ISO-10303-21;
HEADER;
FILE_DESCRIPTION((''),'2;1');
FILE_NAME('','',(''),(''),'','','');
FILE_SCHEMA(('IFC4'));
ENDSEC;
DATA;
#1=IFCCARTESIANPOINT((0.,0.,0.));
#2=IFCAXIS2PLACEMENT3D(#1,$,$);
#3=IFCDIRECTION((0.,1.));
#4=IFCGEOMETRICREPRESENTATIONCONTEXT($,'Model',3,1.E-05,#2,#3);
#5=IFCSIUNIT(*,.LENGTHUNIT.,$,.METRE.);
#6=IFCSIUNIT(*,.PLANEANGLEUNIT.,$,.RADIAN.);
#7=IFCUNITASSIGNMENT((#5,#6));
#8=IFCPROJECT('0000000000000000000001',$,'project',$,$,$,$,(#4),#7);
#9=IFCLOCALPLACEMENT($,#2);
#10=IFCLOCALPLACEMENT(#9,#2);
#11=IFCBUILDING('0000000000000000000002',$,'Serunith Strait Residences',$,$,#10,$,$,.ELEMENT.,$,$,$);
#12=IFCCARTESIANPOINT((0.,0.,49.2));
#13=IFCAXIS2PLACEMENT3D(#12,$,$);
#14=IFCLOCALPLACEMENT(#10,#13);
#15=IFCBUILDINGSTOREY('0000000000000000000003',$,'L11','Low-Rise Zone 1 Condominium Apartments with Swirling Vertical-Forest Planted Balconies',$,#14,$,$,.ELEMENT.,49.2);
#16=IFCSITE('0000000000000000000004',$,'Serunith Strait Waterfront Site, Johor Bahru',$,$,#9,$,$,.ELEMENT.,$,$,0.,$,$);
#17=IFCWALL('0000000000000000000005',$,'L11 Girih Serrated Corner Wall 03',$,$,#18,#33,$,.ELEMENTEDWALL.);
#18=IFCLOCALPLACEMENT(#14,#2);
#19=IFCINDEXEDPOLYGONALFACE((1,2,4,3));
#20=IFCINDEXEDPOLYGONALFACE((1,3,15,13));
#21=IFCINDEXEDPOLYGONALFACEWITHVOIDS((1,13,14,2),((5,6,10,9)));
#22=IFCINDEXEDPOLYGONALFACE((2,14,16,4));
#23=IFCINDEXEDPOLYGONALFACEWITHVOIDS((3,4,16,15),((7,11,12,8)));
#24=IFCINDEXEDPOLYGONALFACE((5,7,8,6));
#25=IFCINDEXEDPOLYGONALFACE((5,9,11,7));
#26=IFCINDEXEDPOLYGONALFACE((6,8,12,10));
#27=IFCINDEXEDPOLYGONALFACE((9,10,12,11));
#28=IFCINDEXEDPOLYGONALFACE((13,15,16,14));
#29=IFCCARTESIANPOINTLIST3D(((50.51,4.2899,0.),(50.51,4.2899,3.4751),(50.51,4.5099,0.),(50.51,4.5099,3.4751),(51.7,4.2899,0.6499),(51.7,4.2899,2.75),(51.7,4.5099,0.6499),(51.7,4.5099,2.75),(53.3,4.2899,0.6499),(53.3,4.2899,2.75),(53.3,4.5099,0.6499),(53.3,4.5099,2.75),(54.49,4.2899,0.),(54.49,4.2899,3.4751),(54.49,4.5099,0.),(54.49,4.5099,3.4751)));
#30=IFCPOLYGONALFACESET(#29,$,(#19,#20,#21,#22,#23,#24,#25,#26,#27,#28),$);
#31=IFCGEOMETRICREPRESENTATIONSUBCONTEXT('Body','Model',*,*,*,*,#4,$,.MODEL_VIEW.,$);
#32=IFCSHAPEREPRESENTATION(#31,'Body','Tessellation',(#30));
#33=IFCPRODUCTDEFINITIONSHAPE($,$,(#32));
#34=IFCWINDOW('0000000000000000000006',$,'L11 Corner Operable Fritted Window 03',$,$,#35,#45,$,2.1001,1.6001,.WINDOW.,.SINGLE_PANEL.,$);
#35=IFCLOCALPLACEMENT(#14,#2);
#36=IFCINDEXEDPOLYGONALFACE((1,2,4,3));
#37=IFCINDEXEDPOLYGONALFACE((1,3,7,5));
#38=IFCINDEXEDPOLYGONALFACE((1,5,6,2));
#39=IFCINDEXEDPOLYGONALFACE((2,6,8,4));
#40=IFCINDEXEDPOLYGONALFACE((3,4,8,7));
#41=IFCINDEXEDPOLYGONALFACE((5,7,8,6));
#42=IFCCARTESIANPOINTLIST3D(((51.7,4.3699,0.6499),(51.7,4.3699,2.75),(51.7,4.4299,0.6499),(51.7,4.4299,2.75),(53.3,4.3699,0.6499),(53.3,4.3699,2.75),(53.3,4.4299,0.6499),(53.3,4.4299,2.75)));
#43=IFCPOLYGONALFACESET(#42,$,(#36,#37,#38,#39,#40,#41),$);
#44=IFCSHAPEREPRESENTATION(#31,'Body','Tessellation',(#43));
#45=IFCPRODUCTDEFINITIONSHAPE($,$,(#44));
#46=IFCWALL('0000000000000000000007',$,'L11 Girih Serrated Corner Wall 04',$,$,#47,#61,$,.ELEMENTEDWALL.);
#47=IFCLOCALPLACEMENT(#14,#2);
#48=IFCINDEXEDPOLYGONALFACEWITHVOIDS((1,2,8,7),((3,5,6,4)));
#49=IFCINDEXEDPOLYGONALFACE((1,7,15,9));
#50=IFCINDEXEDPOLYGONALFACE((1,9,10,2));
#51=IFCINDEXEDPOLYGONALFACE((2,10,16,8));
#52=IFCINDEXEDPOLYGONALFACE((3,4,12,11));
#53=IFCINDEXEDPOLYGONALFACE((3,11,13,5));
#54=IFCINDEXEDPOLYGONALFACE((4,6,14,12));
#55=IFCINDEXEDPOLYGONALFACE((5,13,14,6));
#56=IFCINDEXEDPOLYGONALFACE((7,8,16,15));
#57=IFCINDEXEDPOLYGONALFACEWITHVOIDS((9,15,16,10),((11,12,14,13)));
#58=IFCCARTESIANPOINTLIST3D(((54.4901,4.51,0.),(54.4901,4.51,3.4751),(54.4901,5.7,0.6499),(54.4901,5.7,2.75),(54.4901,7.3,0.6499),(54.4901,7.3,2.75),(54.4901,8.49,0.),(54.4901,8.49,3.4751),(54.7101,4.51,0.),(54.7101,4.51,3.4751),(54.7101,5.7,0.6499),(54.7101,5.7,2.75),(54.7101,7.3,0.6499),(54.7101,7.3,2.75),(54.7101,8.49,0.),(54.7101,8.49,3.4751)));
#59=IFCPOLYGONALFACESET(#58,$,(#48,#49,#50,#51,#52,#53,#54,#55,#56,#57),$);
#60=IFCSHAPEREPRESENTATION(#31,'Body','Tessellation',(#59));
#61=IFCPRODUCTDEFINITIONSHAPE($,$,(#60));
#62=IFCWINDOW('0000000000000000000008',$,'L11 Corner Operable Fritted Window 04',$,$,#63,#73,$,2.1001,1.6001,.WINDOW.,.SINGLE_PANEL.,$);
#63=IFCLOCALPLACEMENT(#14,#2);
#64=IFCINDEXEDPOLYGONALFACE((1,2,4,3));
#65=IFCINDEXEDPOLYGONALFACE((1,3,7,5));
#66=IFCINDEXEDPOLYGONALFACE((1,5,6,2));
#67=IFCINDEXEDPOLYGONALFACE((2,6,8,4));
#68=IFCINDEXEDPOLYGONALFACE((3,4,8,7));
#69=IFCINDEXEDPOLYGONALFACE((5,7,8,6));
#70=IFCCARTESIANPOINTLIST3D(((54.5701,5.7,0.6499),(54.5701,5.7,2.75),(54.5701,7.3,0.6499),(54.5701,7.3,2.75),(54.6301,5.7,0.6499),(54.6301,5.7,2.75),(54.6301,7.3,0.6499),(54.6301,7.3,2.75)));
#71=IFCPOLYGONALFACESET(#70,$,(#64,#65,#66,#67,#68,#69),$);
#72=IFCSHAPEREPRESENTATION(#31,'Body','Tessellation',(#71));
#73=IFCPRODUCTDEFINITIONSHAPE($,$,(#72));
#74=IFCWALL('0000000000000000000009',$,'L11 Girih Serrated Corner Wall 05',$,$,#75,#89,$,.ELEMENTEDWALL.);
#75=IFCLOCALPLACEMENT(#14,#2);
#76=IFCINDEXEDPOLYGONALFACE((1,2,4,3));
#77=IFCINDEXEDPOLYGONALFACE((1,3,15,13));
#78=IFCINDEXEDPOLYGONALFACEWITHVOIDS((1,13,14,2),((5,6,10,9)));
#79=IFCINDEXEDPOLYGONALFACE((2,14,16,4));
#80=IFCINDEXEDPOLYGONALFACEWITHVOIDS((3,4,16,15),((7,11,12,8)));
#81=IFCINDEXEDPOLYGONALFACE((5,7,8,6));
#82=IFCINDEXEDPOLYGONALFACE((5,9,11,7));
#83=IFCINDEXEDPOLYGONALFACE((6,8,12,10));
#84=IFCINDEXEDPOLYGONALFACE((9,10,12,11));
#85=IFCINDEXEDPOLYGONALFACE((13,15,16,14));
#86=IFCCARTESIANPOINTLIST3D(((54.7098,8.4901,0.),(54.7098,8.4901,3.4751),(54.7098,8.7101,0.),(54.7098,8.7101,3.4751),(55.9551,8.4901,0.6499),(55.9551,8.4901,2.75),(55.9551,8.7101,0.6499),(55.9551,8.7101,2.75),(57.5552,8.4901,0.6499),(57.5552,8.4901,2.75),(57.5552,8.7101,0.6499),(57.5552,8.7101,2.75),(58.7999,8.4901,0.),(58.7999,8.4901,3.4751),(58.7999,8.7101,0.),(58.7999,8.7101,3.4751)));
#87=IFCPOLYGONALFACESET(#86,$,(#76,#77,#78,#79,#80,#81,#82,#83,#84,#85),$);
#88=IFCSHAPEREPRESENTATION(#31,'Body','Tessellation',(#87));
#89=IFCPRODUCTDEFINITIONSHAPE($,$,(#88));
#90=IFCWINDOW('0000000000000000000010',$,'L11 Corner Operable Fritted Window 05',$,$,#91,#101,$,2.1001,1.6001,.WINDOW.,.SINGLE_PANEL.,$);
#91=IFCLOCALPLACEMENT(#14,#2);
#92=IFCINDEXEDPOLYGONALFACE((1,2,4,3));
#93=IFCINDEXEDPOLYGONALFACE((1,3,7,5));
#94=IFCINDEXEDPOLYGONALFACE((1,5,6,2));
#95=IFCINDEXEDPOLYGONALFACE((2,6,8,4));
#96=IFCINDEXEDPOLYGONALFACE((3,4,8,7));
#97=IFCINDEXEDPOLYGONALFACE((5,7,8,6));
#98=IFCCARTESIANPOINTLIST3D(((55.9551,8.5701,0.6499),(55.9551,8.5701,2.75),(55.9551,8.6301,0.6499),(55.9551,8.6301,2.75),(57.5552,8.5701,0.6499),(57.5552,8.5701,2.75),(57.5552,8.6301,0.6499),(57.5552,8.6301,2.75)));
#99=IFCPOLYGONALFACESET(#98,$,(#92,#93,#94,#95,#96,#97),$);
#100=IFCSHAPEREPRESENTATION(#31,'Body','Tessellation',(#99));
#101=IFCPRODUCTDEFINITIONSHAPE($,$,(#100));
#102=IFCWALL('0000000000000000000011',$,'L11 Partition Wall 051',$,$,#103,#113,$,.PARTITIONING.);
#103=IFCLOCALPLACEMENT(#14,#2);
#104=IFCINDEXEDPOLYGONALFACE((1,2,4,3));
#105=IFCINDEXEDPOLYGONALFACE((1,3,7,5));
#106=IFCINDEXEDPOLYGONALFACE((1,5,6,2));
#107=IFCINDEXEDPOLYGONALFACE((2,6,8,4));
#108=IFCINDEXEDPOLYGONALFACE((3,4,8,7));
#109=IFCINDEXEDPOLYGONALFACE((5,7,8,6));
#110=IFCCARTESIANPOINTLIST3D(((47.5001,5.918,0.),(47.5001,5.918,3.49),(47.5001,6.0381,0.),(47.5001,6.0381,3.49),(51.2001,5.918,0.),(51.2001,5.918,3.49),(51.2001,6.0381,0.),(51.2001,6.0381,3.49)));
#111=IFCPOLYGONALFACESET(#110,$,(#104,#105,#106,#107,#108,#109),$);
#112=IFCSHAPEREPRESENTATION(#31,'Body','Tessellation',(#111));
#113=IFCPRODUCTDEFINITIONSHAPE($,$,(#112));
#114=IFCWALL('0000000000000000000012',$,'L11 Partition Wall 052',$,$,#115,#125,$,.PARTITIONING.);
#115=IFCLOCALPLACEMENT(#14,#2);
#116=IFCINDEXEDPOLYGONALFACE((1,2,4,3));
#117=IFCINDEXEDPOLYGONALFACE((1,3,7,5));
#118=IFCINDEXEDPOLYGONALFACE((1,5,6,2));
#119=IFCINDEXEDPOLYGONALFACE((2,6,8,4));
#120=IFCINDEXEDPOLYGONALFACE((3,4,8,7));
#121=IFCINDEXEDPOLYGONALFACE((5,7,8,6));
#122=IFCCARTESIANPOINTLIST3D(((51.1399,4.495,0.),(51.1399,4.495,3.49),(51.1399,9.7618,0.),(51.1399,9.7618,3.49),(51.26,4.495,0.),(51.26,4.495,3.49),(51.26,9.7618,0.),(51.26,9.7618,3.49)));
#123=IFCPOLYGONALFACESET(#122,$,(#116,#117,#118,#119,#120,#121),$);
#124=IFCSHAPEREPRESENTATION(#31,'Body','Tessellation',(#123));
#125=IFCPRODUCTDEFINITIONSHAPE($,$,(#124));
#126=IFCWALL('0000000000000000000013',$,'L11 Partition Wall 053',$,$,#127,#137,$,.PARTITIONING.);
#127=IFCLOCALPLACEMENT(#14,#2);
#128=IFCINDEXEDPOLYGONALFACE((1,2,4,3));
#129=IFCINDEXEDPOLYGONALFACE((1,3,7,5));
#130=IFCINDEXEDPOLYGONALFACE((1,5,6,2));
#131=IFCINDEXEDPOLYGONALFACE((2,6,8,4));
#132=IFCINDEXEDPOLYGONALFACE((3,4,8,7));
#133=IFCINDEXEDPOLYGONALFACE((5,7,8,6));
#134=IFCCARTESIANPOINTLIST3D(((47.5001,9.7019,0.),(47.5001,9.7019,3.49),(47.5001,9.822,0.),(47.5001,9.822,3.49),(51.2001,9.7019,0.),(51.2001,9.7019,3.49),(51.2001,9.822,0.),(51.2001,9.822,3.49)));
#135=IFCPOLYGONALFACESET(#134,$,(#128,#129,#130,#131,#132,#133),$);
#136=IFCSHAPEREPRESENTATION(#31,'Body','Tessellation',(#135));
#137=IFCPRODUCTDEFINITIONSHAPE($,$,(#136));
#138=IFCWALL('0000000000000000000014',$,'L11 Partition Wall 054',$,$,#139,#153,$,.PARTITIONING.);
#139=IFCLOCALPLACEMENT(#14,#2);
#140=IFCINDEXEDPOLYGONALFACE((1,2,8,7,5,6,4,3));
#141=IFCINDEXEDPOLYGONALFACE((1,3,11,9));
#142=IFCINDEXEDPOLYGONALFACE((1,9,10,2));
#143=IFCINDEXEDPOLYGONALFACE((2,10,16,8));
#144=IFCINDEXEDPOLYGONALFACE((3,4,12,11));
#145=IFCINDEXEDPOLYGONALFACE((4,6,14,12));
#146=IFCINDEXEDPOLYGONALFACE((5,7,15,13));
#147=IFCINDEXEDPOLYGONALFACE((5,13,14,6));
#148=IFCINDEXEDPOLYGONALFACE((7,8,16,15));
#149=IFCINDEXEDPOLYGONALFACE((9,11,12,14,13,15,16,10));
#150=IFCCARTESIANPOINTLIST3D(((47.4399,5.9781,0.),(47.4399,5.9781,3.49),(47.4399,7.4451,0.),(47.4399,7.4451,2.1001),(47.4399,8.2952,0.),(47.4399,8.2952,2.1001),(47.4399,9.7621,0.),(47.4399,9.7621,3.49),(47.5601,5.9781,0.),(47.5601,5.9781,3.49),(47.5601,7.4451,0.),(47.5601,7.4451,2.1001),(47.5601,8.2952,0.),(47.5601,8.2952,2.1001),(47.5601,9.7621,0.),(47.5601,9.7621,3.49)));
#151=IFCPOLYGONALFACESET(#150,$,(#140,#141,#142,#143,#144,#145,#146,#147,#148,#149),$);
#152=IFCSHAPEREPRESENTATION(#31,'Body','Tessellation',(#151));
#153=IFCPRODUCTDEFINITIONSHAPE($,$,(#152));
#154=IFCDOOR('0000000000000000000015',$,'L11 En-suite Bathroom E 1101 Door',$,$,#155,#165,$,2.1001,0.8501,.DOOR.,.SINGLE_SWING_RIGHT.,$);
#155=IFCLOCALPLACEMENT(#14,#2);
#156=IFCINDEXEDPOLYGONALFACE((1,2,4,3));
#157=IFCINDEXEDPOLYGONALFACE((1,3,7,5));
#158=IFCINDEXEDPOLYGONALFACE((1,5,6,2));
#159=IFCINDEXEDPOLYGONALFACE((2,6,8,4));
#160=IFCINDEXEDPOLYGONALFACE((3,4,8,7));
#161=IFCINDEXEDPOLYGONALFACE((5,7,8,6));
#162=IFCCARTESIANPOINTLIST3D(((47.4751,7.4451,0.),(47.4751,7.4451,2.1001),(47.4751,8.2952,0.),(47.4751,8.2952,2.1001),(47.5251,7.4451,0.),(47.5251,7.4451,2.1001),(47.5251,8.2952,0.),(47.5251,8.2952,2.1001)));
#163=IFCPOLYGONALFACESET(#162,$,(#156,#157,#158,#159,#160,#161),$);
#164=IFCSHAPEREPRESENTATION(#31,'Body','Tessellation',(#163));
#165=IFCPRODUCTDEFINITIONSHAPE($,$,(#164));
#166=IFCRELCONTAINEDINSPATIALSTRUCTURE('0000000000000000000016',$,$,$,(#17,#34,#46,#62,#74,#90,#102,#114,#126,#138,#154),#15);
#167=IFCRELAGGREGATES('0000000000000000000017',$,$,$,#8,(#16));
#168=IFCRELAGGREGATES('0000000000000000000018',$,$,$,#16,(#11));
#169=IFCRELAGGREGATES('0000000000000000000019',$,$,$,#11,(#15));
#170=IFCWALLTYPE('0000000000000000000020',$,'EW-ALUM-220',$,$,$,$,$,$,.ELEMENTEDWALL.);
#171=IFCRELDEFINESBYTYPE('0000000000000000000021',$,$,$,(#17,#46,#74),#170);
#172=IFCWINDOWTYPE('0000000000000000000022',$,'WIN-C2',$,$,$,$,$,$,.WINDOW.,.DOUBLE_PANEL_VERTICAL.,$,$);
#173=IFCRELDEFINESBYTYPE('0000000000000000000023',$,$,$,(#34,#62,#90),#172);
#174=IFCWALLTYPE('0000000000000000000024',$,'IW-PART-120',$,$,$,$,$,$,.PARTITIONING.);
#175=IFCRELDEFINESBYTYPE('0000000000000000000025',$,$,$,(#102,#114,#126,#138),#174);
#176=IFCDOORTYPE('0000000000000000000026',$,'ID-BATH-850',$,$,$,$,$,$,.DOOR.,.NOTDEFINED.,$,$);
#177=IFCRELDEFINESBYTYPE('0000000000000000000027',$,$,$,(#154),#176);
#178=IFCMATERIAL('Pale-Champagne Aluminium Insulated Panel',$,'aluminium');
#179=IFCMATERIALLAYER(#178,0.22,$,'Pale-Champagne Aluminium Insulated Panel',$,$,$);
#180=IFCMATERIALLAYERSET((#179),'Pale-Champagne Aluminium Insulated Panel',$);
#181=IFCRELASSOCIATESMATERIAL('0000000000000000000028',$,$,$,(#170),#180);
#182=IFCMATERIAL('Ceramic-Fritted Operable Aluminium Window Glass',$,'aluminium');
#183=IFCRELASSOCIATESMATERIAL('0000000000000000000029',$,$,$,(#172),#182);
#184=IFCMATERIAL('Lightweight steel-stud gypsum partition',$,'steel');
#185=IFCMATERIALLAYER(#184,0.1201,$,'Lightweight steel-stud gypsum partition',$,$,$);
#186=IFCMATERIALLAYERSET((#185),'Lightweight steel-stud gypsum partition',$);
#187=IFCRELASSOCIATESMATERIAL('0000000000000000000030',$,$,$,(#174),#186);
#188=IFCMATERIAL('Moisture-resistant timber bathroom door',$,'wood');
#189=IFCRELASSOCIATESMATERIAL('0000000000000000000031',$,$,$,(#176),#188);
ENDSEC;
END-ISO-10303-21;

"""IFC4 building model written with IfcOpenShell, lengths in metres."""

from ifc_helpers import new_model, si_unit, direction, frame, frame_2d, origin, place, context, subcontext, project, spatial, rectangle, extrude, source, transform, mapped, material, layer, layer_set, type_object, element, fill, save


model = new_model("IFC4")

# Units and contexts
model_context = context("Model", 3, precision=1e-05, world=origin(), true_north=direction((0.0, 1.0)))
body_context = subcontext(model_context, "Body", "Model", "MODEL_VIEW")
ifc_project = project(units=[si_unit("LENGTHUNIT", "METRE"), si_unit("PLANEANGLEUNIT", "RADIAN")], contexts=[model_context])

# Site, building, storey
site_placement = place(None, origin())
site = spatial("IfcSite", under=ifc_project, at=site_placement, Name="Serunith Strait Waterfront Site, Johor Bahru", CompositionType="ELEMENT", RefElevation=0.0)
building_placement = place(site_placement, origin())
building = spatial("IfcBuilding", under=site, at=building_placement, Name="Serunith Strait Residences", CompositionType="ELEMENT")
storey_placement = place(building_placement, frame((0.0, 0.0, 49.2)))
storey = spatial("IfcBuildingStorey", under=building, at=storey_placement, Name="L11", Description="Low-Rise Zone 1 Condominium Apartments with Swirling Vertical-Forest Planted Balconies", CompositionType="ELEMENT", Elevation=49.2)

# Walls, openings, windows
ifc_material_1 = material(Name="Pale-Champagne Aluminium Insulated Panel", Category="aluminium")
ifc_layer_1 = layer(ifc_material_1, 0.22, Name="Pale-Champagne Aluminium Insulated Panel")
ifc_layer_set_1 = layer_set([ifc_layer_1], Name="Pale-Champagne Aluminium Insulated Panel")
wall_type_1 = type_object("IfcWallType", Name="EW-ALUM-220", PredefinedType="ELEMENTEDWALL", material=ifc_layer_set_1)
ifc_material_2 = material(Name="Ceramic-Fritted Operable Aluminium Window Glass", Category="aluminium")
window_type = type_object("IfcWindowType", Name="WIN-C2", PartitioningType="DOUBLE_PANEL_VERTICAL", PredefinedType="WINDOW", material=ifc_material_2)
shared_shape_1 = source(origin(), body_context, "Body", "SweptSolid", [
    extrude(rectangle(XDim=1.6001, YDim=2.1001, at=frame_2d((0.8, 1.05))), frame((0.0, 0.03, 0.0), z_axis=(0.0, -1.0, 0.0), x_axis=(1.0, 0.0, 0.0)), (0.0, 0.0, 1.0), 0.0601),
])
wall_1_placement = place(storey_placement, frame((50.51, 4.3999, 0.0), z_axis=(0.0, 0.0, 1.0), x_axis=(1.0, 0.0, 0.0)))
wall_1 = element("IfcWall", 1, at=wall_1_placement, inside=storey, type_object=wall_type_1, Name="L11 Girih Serrated Corner Wall 03", PredefinedType="ELEMENTEDWALL", context=body_context, shape_type="SweptSolid", body=[
    extrude(rectangle(XDim=3.98, YDim=0.22, at=frame_2d((1.99, 0.0))), origin(), (0.0, 0.0, 1.0), 3.4751),
])
opening_1_placement = place(wall_1_placement, frame((1.1899, 0.0, 0.6499)))
opening_1 = element("IfcOpeningElement", 2, at=opening_1_placement, cuts=wall_1, PredefinedType="OPENING", context=body_context, shape_type="SweptSolid", body=[
    extrude(rectangle(XDim=1.6001, YDim=2.1001, at=frame_2d((0.8, 1.05))), frame((0.0, 0.1201, 0.0), z_axis=(0.0, -1.0, 0.0), x_axis=(1.0, 0.0, 0.0)), (0.0, 0.0, 1.0), 0.24),
])
window_1_placement = place(opening_1_placement, origin())
window_1 = element("IfcWindow", 3, at=window_1_placement, inside=storey, type_object=window_type, Name="L11 Corner Operable Fritted Window 03", OverallHeight=2.1001, OverallWidth=1.6001, PartitioningType="SINGLE_PANEL", PredefinedType="WINDOW", context=body_context, shape_type="MappedRepresentation", body=[
    mapped(shared_shape_1, transform((0.0, 0.0, 0.0), scale=1.0)),
])
fill(opening_1, window_1)
wall_2_placement = place(storey_placement, frame((54.6001, 4.51, 0.0), z_axis=(0.0, 0.0, 1.0), x_axis=(0.0, 1.0, 0.0)))
wall_2 = element("IfcWall", 4, at=wall_2_placement, inside=storey, type_object=wall_type_1, Name="L11 Girih Serrated Corner Wall 04", PredefinedType="ELEMENTEDWALL", context=body_context, shape_type="SweptSolid", body=[
    extrude(rectangle(XDim=3.98, YDim=0.22, at=frame_2d((1.99, 0.0))), origin(), (0.0, 0.0, 1.0), 3.4751),
])
opening_2_placement = place(wall_2_placement, frame((1.1899, 0.0, 0.6499)))
opening_2 = element("IfcOpeningElement", 5, at=opening_2_placement, cuts=wall_2, PredefinedType="OPENING", context=body_context, shape_type="SweptSolid", body=[
    extrude(rectangle(XDim=1.6001, YDim=2.1001, at=frame_2d((0.8, 1.05))), frame((0.0, 0.1201, 0.0), z_axis=(0.0, -1.0, 0.0), x_axis=(1.0, 0.0, 0.0)), (0.0, 0.0, 1.0), 0.24),
])
window_2_placement = place(opening_2_placement, origin())
window_2 = element("IfcWindow", 6, at=window_2_placement, inside=storey, type_object=window_type, Name="L11 Corner Operable Fritted Window 04", OverallHeight=2.1001, OverallWidth=1.6001, PartitioningType="SINGLE_PANEL", PredefinedType="WINDOW", context=body_context, shape_type="MappedRepresentation", body=[
    mapped(shared_shape_1, transform((0.0, 0.0, 0.0), scale=1.0)),
])
fill(opening_2, window_2)
wall_3_placement = place(storey_placement, frame((54.71, 8.6001, 0.0), z_axis=(0.0, 0.0, 1.0), x_axis=(1.0, 0.0, 0.0)))
wall_3 = element("IfcWall", 7, at=wall_3_placement, inside=storey, type_object=wall_type_1, Name="L11 Girih Serrated Corner Wall 05", PredefinedType="ELEMENTEDWALL", context=body_context, shape_type="SweptSolid", body=[
    extrude(rectangle(XDim=4.0901, YDim=0.22, at=frame_2d((2.0449, 0.0))), origin(), (0.0, 0.0, 1.0), 3.4751),
])
opening_3_placement = place(wall_3_placement, frame((1.2451, 0.0, 0.6499)))
opening_3 = element("IfcOpeningElement", 8, at=opening_3_placement, cuts=wall_3, PredefinedType="OPENING", context=body_context, shape_type="SweptSolid", body=[
    extrude(rectangle(XDim=1.6001, YDim=2.1001, at=frame_2d((0.8, 1.05))), frame((0.0, 0.1201, 0.0), z_axis=(0.0, -1.0, 0.0), x_axis=(1.0, 0.0, 0.0)), (0.0, 0.0, 1.0), 0.24),
])
window_3_placement = place(opening_3_placement, origin())
window_3 = element("IfcWindow", 9, at=window_3_placement, inside=storey, type_object=window_type, Name="L11 Corner Operable Fritted Window 05", OverallHeight=2.1001, OverallWidth=1.6001, PartitioningType="SINGLE_PANEL", PredefinedType="WINDOW", context=body_context, shape_type="MappedRepresentation", body=[
    mapped(shared_shape_1, transform((0.0, 0.0, 0.0), scale=1.0)),
])
fill(opening_3, window_3)

# Walls
ifc_material_3 = material(Name="Lightweight steel-stud gypsum partition", Category="steel")
ifc_layer_2 = layer(ifc_material_3, 0.1201, Name="Lightweight steel-stud gypsum partition")
ifc_layer_set_2 = layer_set([ifc_layer_2], Name="Lightweight steel-stud gypsum partition")
wall_type_2 = type_object("IfcWallType", Name="IW-PART-120", PredefinedType="PARTITIONING", material=ifc_layer_set_2)
wall_4_placement = place(storey_placement, frame((47.5, 5.978, 0.0), z_axis=(0.0, 0.0, 1.0), x_axis=(1.0, 0.0, 0.0)))
element("IfcWall", 10, at=wall_4_placement, inside=storey, type_object=wall_type_2, Name="L11 Partition Wall 051", PredefinedType="PARTITIONING", context=body_context, shape_type="SweptSolid", body=[
    extrude(rectangle(XDim=3.7, YDim=0.1201, at=frame_2d((1.8501, 0.0))), origin(), (0.0, 0.0, 1.0), 3.49),
])
wall_5_placement = place(storey_placement, frame((51.2, 4.4951, 0.0), z_axis=(0.0, 0.0, 1.0), x_axis=(0.0, 1.0, 0.0)))
element("IfcWall", 11, at=wall_5_placement, inside=storey, type_object=wall_type_2, Name="L11 Partition Wall 052", PredefinedType="PARTITIONING", context=body_context, shape_type="SweptSolid", body=[
    extrude(rectangle(XDim=5.2668, YDim=0.1201, at=frame_2d((2.6333, 0.0))), origin(), (0.0, 0.0, 1.0), 3.49),
])
wall_6_placement = place(storey_placement, frame((47.5, 9.762, 0.0), z_axis=(0.0, 0.0, 1.0), x_axis=(1.0, 0.0, 0.0)))
element("IfcWall", 12, at=wall_6_placement, inside=storey, type_object=wall_type_2, Name="L11 Partition Wall 053", PredefinedType="PARTITIONING", context=body_context, shape_type="SweptSolid", body=[
    extrude(rectangle(XDim=3.7, YDim=0.1201, at=frame_2d((1.8501, 0.0))), origin(), (0.0, 0.0, 1.0), 3.49),
])

# Wall, opening, door
wall_7_placement = place(storey_placement, frame((47.5, 5.978, 0.0), z_axis=(0.0, 0.0, 1.0), x_axis=(0.0, 1.0, 0.0)))
wall_7 = element("IfcWall", 13, at=wall_7_placement, inside=storey, type_object=wall_type_2, Name="L11 Partition Wall 054", PredefinedType="PARTITIONING", context=body_context, shape_type="SweptSolid", body=[
    extrude(rectangle(XDim=3.7839, YDim=0.1201, at=frame_2d((1.8921, 0.0))), origin(), (0.0, 0.0, 1.0), 3.49),
])
opening_4_placement = place(wall_7_placement, frame((1.467, 0.0, 0.0)))
opening_4 = element("IfcOpeningElement", 14, at=opening_4_placement, cuts=wall_7, PredefinedType="OPENING", context=body_context, shape_type="SweptSolid", body=[
    extrude(rectangle(XDim=0.8501, YDim=2.1001, at=frame_2d((0.425, 1.05))), frame((0.0, 0.0701, 0.0), z_axis=(0.0, -1.0, 0.0), x_axis=(1.0, 0.0, 0.0)), (0.0, 0.0, 1.0), 0.1401),
])
ifc_material_4 = material(Name="Moisture-resistant timber bathroom door", Category="wood")
door_type_1 = type_object("IfcDoorType", Name="ID-BATH-850", OperationType="NOTDEFINED", PredefinedType="DOOR", material=ifc_material_4)
shared_shape_2 = source(origin(), body_context, "Body", "SweptSolid", [
    extrude(rectangle(XDim=0.8501, YDim=2.1001, at=frame_2d((0.425, 1.05))), frame((0.0, 0.0249, 0.0), z_axis=(0.0, -1.0, 0.0), x_axis=(1.0, 0.0, 0.0)), (0.0, 0.0, 1.0), 0.05),
])
door_1_placement = place(opening_4_placement, origin())
door_1 = element("IfcDoor", 15, at=door_1_placement, inside=storey, type_object=door_type_1, Name="L11 En-suite Bathroom E 1101 Door", OperationType="SINGLE_SWING_RIGHT", OverallHeight=2.1001, OverallWidth=0.8501, PredefinedType="DOOR", context=body_context, shape_type="MappedRepresentation", body=[
    mapped(shared_shape_2, transform((0.0, 0.0, 0.0), scale=1.0)),
])
fill(opening_4, door_1)

save(model, "model.ifc")
